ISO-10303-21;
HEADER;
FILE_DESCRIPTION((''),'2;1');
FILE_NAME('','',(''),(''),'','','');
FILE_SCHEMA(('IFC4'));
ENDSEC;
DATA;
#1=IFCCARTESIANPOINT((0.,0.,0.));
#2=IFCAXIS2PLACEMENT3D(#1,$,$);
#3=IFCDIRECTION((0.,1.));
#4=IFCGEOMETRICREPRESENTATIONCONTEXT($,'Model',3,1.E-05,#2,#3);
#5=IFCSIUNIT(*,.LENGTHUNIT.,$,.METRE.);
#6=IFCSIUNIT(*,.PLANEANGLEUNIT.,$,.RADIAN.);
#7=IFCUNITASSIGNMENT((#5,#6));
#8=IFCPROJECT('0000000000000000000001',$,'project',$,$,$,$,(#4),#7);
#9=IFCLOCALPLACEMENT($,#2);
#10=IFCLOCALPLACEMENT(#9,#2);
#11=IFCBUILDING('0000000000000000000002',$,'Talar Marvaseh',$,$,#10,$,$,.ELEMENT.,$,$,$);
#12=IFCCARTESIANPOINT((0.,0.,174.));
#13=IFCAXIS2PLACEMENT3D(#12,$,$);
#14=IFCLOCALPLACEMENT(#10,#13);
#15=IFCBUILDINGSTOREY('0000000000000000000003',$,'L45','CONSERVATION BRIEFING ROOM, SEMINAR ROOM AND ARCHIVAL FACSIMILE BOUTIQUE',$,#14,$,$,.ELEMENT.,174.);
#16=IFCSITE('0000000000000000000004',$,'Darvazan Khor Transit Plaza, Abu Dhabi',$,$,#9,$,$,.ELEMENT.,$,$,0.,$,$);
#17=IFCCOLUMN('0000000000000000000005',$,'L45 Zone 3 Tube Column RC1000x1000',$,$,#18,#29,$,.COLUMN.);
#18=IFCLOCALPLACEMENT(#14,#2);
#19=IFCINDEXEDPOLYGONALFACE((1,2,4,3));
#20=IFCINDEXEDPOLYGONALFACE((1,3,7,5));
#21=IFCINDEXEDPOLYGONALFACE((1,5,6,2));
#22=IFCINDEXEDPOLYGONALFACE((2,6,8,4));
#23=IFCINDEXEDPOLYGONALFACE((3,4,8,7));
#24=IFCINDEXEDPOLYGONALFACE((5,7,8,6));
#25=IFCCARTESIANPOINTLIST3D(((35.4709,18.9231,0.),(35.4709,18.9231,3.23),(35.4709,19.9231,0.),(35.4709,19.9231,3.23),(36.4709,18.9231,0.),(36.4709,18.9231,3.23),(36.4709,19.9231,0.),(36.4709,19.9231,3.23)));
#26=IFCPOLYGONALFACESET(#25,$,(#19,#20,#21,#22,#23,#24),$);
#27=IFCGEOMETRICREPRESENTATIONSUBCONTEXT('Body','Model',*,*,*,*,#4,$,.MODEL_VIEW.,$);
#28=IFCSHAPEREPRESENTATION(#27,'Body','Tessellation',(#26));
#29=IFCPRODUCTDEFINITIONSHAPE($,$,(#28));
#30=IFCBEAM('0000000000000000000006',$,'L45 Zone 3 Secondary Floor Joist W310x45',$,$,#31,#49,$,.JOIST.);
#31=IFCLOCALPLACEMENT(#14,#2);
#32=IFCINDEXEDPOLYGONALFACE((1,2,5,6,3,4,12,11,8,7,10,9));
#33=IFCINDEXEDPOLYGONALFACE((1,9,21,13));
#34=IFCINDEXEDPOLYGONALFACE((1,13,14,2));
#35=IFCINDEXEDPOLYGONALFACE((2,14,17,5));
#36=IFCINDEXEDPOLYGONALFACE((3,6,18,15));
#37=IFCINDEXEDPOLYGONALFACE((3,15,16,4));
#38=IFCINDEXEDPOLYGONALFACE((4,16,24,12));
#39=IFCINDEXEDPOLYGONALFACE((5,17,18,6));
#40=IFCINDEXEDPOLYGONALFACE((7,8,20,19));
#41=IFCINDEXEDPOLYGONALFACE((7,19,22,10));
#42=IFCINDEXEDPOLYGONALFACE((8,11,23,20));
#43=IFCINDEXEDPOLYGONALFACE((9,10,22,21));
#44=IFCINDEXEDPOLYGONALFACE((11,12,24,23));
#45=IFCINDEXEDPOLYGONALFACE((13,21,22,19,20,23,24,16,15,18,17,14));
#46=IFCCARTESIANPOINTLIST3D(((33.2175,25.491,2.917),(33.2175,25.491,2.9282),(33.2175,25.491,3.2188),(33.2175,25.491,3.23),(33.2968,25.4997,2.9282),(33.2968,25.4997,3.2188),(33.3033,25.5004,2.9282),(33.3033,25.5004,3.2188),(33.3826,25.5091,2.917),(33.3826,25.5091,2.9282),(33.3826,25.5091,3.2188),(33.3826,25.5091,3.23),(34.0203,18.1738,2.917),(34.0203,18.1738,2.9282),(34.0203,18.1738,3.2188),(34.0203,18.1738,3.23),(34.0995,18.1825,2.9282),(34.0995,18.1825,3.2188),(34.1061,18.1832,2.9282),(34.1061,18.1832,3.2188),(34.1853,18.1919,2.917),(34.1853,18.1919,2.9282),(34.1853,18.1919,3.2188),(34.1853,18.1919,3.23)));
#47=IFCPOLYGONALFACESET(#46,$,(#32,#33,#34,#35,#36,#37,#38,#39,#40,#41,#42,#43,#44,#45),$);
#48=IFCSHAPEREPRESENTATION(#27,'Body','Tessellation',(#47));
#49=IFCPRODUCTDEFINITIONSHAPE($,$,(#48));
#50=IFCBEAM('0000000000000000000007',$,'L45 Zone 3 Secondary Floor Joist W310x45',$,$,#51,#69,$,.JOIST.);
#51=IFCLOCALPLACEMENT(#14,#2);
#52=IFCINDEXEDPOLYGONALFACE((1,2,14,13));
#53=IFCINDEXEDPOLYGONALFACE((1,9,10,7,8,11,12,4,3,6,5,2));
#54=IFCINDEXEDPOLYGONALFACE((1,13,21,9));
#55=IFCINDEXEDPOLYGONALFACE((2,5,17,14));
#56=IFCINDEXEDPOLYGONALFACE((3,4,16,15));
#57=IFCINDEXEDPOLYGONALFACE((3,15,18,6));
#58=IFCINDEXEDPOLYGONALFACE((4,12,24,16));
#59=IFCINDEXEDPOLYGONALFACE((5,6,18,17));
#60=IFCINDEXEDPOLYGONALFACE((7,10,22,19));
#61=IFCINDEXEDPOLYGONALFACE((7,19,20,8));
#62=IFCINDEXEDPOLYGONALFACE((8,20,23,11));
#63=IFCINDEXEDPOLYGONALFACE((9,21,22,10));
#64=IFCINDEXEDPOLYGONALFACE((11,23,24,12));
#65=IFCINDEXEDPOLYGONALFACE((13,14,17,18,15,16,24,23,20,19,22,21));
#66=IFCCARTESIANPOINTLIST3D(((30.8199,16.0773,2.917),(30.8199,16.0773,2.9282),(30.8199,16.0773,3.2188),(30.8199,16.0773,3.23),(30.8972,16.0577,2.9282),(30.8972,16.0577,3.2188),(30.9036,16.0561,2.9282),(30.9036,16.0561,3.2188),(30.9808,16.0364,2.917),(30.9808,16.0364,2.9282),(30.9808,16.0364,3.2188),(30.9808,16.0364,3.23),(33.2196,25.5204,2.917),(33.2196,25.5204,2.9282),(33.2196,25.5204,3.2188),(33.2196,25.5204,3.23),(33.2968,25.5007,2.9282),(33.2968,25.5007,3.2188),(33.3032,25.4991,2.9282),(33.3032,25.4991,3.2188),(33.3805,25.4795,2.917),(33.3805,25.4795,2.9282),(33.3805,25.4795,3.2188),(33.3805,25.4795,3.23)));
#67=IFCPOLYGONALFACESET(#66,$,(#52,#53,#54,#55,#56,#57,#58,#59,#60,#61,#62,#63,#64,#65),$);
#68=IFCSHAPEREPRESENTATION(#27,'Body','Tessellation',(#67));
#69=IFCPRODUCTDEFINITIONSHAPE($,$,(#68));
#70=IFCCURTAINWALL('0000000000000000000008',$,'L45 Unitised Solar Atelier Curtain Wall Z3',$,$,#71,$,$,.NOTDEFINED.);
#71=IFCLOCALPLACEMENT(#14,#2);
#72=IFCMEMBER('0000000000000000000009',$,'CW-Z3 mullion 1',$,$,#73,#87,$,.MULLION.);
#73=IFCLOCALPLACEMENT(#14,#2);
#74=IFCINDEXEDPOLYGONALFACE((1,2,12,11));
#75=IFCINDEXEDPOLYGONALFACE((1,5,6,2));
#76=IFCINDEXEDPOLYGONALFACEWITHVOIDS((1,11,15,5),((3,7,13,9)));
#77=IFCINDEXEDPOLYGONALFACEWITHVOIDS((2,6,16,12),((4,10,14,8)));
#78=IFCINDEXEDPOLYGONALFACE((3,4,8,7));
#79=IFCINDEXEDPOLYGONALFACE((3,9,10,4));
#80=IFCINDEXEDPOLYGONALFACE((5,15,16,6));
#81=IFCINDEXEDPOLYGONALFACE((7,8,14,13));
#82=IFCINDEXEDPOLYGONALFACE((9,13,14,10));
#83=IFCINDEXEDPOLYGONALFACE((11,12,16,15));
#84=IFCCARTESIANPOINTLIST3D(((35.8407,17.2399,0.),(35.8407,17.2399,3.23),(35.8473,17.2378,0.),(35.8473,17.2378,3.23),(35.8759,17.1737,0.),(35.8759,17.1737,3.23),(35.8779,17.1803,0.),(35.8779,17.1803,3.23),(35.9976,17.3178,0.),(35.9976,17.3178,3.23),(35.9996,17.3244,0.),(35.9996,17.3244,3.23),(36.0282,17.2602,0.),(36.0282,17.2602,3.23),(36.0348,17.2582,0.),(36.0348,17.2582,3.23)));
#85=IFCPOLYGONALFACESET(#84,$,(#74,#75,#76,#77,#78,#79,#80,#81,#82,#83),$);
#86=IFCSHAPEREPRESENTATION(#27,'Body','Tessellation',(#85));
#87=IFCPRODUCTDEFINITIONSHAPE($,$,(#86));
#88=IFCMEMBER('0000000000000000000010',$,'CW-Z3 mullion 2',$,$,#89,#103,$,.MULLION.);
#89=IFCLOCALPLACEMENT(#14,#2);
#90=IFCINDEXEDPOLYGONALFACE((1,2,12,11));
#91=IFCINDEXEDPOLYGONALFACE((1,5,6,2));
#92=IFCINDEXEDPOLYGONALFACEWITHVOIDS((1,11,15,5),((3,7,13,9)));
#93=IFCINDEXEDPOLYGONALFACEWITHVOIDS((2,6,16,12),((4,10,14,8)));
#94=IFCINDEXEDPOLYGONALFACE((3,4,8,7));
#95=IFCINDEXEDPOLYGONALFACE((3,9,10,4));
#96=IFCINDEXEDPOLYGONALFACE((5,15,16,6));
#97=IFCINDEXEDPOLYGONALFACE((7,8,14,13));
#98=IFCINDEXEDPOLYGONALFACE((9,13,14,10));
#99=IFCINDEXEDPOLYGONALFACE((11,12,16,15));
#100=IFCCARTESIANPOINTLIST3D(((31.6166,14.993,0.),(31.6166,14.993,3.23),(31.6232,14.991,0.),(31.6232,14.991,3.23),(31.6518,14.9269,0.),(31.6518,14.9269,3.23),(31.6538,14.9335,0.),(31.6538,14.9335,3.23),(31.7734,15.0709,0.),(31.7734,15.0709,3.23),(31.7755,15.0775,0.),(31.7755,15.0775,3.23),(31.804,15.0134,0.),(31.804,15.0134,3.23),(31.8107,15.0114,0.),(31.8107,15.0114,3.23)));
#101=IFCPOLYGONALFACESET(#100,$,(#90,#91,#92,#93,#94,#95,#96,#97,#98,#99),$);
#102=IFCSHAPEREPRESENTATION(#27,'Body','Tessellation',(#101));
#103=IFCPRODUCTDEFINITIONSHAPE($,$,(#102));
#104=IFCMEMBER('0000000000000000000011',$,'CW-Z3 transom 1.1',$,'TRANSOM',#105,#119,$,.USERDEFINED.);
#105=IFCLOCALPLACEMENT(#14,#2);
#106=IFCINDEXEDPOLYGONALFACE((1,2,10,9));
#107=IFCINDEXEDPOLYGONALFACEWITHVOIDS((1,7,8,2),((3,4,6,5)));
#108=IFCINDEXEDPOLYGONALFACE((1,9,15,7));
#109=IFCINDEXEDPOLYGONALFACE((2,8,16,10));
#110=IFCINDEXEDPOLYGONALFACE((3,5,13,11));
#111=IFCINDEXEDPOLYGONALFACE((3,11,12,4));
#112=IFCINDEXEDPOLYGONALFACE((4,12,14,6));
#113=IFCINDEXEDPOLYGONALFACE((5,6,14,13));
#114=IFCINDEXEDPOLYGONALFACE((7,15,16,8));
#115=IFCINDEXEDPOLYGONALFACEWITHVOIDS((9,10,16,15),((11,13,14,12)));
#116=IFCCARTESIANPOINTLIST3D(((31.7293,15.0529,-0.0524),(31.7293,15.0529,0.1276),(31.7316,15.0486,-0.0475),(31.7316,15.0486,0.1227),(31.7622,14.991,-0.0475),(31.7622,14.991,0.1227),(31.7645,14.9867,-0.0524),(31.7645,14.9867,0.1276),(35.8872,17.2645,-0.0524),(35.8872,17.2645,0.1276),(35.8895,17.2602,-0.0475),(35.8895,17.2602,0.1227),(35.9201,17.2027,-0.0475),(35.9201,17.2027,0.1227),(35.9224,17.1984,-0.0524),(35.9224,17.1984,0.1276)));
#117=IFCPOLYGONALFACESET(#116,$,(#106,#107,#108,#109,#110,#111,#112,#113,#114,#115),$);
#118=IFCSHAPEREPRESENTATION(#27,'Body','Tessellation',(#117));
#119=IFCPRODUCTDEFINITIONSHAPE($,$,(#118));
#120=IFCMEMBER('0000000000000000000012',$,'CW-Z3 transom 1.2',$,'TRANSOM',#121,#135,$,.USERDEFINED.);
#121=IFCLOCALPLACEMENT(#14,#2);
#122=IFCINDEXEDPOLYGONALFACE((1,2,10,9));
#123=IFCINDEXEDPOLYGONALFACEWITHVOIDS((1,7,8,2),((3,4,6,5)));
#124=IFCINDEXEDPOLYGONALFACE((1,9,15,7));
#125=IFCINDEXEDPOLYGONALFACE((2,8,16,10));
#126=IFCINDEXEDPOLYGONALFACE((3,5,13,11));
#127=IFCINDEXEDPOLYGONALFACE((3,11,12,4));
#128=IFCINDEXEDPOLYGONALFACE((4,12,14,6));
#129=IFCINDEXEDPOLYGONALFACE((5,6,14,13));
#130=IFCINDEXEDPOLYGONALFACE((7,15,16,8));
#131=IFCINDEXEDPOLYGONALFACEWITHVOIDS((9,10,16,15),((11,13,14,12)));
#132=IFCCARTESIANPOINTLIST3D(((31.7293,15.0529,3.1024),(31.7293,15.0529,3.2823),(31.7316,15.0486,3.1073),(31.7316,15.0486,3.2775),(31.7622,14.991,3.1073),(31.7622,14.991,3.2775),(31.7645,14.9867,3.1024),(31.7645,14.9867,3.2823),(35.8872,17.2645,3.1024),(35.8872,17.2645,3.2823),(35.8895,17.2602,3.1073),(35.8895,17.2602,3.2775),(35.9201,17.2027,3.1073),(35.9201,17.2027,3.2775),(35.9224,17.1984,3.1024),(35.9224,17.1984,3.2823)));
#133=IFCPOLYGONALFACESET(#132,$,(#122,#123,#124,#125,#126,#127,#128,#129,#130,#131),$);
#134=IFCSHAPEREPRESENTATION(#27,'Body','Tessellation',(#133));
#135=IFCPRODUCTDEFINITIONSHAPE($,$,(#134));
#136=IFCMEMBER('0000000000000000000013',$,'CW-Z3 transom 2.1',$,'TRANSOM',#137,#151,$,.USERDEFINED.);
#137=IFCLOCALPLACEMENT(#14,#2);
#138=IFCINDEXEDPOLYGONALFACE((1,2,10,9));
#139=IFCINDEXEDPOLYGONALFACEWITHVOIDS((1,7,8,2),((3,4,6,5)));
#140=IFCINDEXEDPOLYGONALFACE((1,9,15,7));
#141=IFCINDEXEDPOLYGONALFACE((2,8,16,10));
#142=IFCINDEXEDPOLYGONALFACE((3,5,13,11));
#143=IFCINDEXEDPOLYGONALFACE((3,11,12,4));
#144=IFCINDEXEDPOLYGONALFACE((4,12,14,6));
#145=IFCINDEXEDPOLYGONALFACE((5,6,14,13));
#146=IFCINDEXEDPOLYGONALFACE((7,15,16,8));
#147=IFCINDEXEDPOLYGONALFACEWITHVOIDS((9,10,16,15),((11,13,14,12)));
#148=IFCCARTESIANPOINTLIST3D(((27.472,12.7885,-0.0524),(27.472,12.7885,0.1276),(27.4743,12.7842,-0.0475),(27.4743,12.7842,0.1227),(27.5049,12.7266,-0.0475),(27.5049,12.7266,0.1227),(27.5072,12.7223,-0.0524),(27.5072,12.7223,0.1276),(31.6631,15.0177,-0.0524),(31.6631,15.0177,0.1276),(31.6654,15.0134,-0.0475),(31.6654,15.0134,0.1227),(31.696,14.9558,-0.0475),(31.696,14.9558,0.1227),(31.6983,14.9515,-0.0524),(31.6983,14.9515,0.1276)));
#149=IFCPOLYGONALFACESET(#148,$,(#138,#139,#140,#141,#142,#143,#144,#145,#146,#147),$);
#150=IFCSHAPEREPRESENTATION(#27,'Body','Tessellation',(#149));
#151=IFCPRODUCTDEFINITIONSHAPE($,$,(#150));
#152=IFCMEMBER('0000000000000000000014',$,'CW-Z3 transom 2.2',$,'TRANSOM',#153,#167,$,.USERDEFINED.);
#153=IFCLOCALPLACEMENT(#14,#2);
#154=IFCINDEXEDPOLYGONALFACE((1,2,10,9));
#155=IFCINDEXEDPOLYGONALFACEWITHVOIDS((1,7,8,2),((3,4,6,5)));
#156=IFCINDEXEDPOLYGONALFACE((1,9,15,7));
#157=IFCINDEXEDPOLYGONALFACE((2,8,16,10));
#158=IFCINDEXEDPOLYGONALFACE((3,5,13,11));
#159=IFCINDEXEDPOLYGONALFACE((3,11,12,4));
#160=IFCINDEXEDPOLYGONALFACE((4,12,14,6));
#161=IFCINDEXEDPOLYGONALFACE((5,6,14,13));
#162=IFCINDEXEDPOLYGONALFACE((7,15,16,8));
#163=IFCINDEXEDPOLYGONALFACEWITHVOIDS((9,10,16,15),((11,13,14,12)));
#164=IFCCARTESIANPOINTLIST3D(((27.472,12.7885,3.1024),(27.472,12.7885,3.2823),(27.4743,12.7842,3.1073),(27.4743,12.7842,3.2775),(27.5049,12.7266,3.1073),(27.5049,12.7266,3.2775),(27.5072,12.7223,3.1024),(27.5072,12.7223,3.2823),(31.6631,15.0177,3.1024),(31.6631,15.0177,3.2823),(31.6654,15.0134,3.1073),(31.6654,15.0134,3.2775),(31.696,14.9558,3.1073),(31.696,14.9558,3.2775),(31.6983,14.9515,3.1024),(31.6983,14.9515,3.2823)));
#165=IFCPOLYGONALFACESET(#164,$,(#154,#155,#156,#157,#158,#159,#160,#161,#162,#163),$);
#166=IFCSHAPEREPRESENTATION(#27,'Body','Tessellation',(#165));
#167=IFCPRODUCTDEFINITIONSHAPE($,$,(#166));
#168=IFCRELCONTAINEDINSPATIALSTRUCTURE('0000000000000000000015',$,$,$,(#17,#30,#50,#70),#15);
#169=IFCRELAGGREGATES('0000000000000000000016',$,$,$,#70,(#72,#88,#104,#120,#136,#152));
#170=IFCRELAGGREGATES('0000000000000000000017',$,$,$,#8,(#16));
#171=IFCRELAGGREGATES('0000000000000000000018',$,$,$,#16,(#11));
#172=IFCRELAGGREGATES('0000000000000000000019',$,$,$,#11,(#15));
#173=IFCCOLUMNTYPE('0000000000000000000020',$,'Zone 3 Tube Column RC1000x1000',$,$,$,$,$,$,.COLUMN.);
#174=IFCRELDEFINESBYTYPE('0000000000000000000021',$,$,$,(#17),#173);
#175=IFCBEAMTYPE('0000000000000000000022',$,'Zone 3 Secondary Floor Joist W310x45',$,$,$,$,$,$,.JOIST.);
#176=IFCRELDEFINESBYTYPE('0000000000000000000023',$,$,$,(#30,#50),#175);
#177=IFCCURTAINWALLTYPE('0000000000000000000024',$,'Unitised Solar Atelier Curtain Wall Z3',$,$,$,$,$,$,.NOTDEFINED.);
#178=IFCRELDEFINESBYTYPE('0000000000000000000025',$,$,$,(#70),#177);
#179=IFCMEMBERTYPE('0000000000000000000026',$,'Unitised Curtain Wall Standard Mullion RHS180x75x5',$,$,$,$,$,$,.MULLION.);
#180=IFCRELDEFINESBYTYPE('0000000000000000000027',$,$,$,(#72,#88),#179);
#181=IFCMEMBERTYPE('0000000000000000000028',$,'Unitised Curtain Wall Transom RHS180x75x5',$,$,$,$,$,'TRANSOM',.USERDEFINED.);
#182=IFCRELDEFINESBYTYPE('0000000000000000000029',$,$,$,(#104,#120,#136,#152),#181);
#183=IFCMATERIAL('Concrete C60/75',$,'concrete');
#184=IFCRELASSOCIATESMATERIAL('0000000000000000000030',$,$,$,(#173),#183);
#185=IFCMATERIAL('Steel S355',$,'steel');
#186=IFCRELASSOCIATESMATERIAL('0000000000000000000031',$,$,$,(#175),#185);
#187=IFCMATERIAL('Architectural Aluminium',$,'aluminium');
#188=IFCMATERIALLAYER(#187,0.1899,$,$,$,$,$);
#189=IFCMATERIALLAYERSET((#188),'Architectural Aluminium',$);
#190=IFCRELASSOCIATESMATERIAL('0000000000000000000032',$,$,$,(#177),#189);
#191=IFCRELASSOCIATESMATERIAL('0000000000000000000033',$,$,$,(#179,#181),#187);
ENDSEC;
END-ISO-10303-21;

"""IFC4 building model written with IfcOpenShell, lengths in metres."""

from ifc_helpers import new_model, si_unit, direction, frame, origin, origin_2d, place, context, subcontext, project, spatial, rectangle, hollow_rectangle, i_section, extrude, source, transform, mapped, material, layer, layer_set, material_profile, profile_set, type_object, type_shapes, element, aggregate, save


model = new_model("IFC4")

# Units and contexts
model_context = context("Model", 3, precision=1e-05, world=origin(), true_north=direction((0.0, 1.0)))
body_context = subcontext(model_context, "Body", "Model", "MODEL_VIEW")
ifc_project = project(units=[si_unit("LENGTHUNIT", "METRE"), si_unit("PLANEANGLEUNIT", "RADIAN")], contexts=[model_context])

# Site, building, storey
site_placement = place(None, origin())
site = spatial("IfcSite", under=ifc_project, at=site_placement, Name="Darvazan Khor Transit Plaza, Abu Dhabi", CompositionType="ELEMENT", RefElevation=0.0)
building_placement = place(site_placement, origin())
building = spatial("IfcBuilding", under=site, at=building_placement, Name="Talar Marvaseh", CompositionType="ELEMENT")
storey_placement = place(building_placement, frame((0.0, 0.0, 174.0)))
storey = spatial("IfcBuildingStorey", under=building, at=storey_placement, Name="L45", Description="CONSERVATION BRIEFING ROOM, SEMINAR ROOM AND ARCHIVAL FACSIMILE BOUTIQUE", CompositionType="ELEMENT", Elevation=174.0)

# Column
ifc_material_1 = material(Name="Concrete C60/75", Category="concrete")
ifc_material_profile_1 = material_profile(ifc_material_1, rectangle(XDim=1.0, YDim=1.0, at=origin_2d()), Name="RC1000x1000")
ifc_profile_set_1 = profile_set([ifc_material_profile_1], Name="Concrete C60/75")
column_type = type_object("IfcColumnType", Name="Zone 3 Tube Column RC1000x1000", PredefinedType="COLUMN", material=ifc_profile_set_1)
column_placement = place(storey_placement, frame((35.9709, 19.4231, 0.0), z_axis=(0.0, 0.0, 1.0), x_axis=(1.0, 0.0, 0.0)))
element("IfcColumn", 1, at=column_placement, inside=storey, type_object=column_type, Name="L45 Zone 3 Tube Column RC1000x1000", PredefinedType="COLUMN", context=body_context, shape_type="SweptSolid", body=[
    extrude(rectangle(XDim=1.0, YDim=1.0, at=origin_2d()), origin(), (0.0, 0.0, 1.0), 3.23),
])

# Beams
ifc_material_2 = material(Name="Steel S355", Category="steel")
ifc_material_profile_2 = material_profile(ifc_material_2, i_section(OverallWidth=0.166, OverallDepth=0.313, WebThickness=0.0066, FlangeThickness=0.0112, at=origin_2d()), Name="W310x45")
ifc_profile_set_2 = profile_set([ifc_material_profile_2], Name="Steel S355")
beam_type = type_object("IfcBeamType", Name="Zone 3 Secondary Floor Joist W310x45", PredefinedType="JOIST", material=ifc_profile_set_2)
beam_1_placement = place(storey_placement, frame((34.1028, 18.1829, 3.0735), z_axis=(-0.109052, 0.994036, 0.0), x_axis=(-0.994036, -0.109052, 0.0)))
element("IfcBeam", 2, at=beam_1_placement, inside=storey, type_object=beam_type, Name="L45 Zone 3 Secondary Floor Joist W310x45", PredefinedType="JOIST", context=body_context, shape_type="SweptSolid", body=[
    extrude(i_section(OverallWidth=0.166, OverallDepth=0.313, WebThickness=0.0066, FlangeThickness=0.0112, at=origin_2d()), origin(), (0.0, 0.0, 1.0), 7.3611),
])
beam_2_placement = place(storey_placement, frame((30.9004, 16.0569, 3.0735), z_axis=(0.246289, 0.969196, 0.0), x_axis=(-0.969196, 0.246289, 0.0)))
element("IfcBeam", 3, at=beam_2_placement, inside=storey, type_object=beam_type, Name="L45 Zone 3 Secondary Floor Joist W310x45", PredefinedType="JOIST", context=body_context, shape_type="SweptSolid", body=[
    extrude(i_section(OverallWidth=0.166, OverallDepth=0.313, WebThickness=0.0066, FlangeThickness=0.0112, at=origin_2d()), origin(), (0.0, 0.0, 1.0), 9.7432),
])

# Curtain wall, members
ifc_material_3 = material(Name="Architectural Aluminium", Category="aluminium")
ifc_layer_1 = layer(ifc_material_3, 0.1899)
ifc_layer_set_1 = layer_set([ifc_layer_1], Name="Architectural Aluminium")
curtain_wall_type = type_object("IfcCurtainWallType", Name="Unitised Solar Atelier Curtain Wall Z3", PredefinedType="NOTDEFINED", material=ifc_layer_set_1)
curtain_wall_placement = place(storey_placement, origin())
curtain_wall = element("IfcCurtainWall", 4, at=curtain_wall_placement, inside=storey, type_object=curtain_wall_type, Name="L45 Unitised Solar Atelier Curtain Wall Z3", PredefinedType="NOTDEFINED")
ifc_material_profile_3 = material_profile(ifc_material_3, hollow_rectangle(XDim=0.075, YDim=0.1799, WallThickness=0.0049, at=origin_2d()), Name="RHS180x75x5")
ifc_profile_set_3 = profile_set([ifc_material_profile_3], Name="Architectural Aluminium")
member_type_1 = type_object("IfcMemberType", Name="Unitised Curtain Wall Standard Mullion RHS180x75x5", PredefinedType="MULLION", material=ifc_profile_set_3)
shared_shape_1 = source(origin(), body_context, "Body", "SweptSolid", [
    extrude(hollow_rectangle(XDim=0.075, YDim=0.1799, WallThickness=0.0049, at=origin_2d()), origin(), (0.0, 0.0, 1.0), 3.23),
])
type_shapes(member_type_1, [shared_shape_1])
member_1_placement = place(storey_placement, frame((35.9377, 17.249, 0.0), z_axis=(0.0, 0.0, 1.0), x_axis=(0.46961, -0.882874, 0.0)))
member_1 = element("IfcMember", 5, at=member_1_placement, type_object=member_type_1, Name="CW-Z3 mullion 1", PredefinedType="MULLION", context=body_context, shape_type="MappedRepresentation", body=[
    mapped(shared_shape_1, transform((0.0, 0.0, 0.0), x_axis=(1.0, 0.0, 0.0), y_axis=(0.0, 1.0, 0.0), z_axis=(0.0, 0.0, 1.0), scale=1.0)),
])
member_2_placement = place(storey_placement, frame((31.7136, 15.0022, 0.0), z_axis=(0.0, 0.0, 1.0), x_axis=(0.46961, -0.882874, 0.0)))
member_2 = element("IfcMember", 6, at=member_2_placement, type_object=member_type_1, Name="CW-Z3 mullion 2", PredefinedType="MULLION", context=body_context, shape_type="MappedRepresentation", body=[
    mapped(shared_shape_1, transform((0.0, 0.0, 0.0), x_axis=(1.0, 0.0, 0.0), y_axis=(0.0, 1.0, 0.0), z_axis=(0.0, 0.0, 1.0), scale=1.0)),
])
ifc_material_profile_4 = material_profile(ifc_material_3, hollow_rectangle(XDim=0.075, YDim=0.1799, WallThickness=0.0049, at=origin_2d()), Name="RHS180x75x5")
ifc_profile_set_4 = profile_set([ifc_material_profile_4], Name="Architectural Aluminium")
member_type_2 = type_object("IfcMemberType", Name="Unitised Curtain Wall Transom RHS180x75x5", ElementType="TRANSOM", PredefinedType="USERDEFINED", material=ifc_profile_set_4)
shared_shape_2 = source(origin(), body_context, "Body", "SweptSolid", [
    extrude(hollow_rectangle(XDim=0.075, YDim=0.1799, WallThickness=0.0049, at=origin_2d()), origin(), (0.0, 0.0, 1.0), 4.7095),
])
member_3_placement = place(storey_placement, frame((35.9048, 17.2314, 0.0376), z_axis=(-0.882873, -0.469611, 0.0), x_axis=(0.469611, -0.882873, 0.0)))
member_3 = element("IfcMember", 7, at=member_3_placement, type_object=member_type_2, Name="CW-Z3 transom 1.1", ObjectType="TRANSOM", PredefinedType="USERDEFINED", context=body_context, shape_type="MappedRepresentation", body=[
    mapped(shared_shape_2, transform((0.0, 0.0, 0.0), x_axis=(1.0, 0.0, 0.0), y_axis=(0.0, 1.0, 0.0), z_axis=(0.0, 0.0, 1.0), scale=1.0)),
])
member_4_placement = place(storey_placement, frame((35.9048, 17.2314, 3.1924), z_axis=(-0.882873, -0.469611, 0.0), x_axis=(0.469611, -0.882873, 0.0)))
member_4 = element("IfcMember", 8, at=member_4_placement, type_object=member_type_2, Name="CW-Z3 transom 1.2", ObjectType="TRANSOM", PredefinedType="USERDEFINED", context=body_context, shape_type="MappedRepresentation", body=[
    mapped(shared_shape_2, transform((0.0, 0.0, 0.0), x_axis=(1.0, 0.0, 0.0), y_axis=(0.0, 1.0, 0.0), z_axis=(0.0, 0.0, 1.0), scale=1.0)),
])
shared_shape_3 = source(origin(), body_context, "Body", "SweptSolid", [
    extrude(hollow_rectangle(XDim=0.075, YDim=0.1799, WallThickness=0.0049, at=origin_2d()), origin(), (0.0, 0.0, 1.0), 4.7471),
])
type_shapes(member_type_2, [shared_shape_2, shared_shape_3])
member_5_placement = place(storey_placement, frame((31.6807, 14.9846, 0.0376), z_axis=(-0.882881, -0.469598, 0.0), x_axis=(0.469598, -0.882881, 0.0)))
member_5 = element("IfcMember", 9, at=member_5_placement, type_object=member_type_2, Name="CW-Z3 transom 2.1", ObjectType="TRANSOM", PredefinedType="USERDEFINED", context=body_context, shape_type="MappedRepresentation", body=[
    mapped(shared_shape_3, transform((0.0, 0.0, 0.0), x_axis=(1.0, 0.0, 0.0), y_axis=(0.0, 1.0, 0.0), z_axis=(0.0, 0.0, 1.0), scale=1.0)),
])
member_6_placement = place(storey_placement, frame((31.6807, 14.9846, 3.1924), z_axis=(-0.882881, -0.469598, 0.0), x_axis=(0.469598, -0.882881, 0.0)))
member_6 = element("IfcMember", 10, at=member_6_placement, type_object=member_type_2, Name="CW-Z3 transom 2.2", ObjectType="TRANSOM", PredefinedType="USERDEFINED", context=body_context, shape_type="MappedRepresentation", body=[
    mapped(shared_shape_3, transform((0.0, 0.0, 0.0), x_axis=(1.0, 0.0, 0.0), y_axis=(0.0, 1.0, 0.0), z_axis=(0.0, 0.0, 1.0), scale=1.0)),
])
aggregate(curtain_wall, [member_1, member_2, member_3, member_4, member_5, member_6])

save(model, "model.ifc")
